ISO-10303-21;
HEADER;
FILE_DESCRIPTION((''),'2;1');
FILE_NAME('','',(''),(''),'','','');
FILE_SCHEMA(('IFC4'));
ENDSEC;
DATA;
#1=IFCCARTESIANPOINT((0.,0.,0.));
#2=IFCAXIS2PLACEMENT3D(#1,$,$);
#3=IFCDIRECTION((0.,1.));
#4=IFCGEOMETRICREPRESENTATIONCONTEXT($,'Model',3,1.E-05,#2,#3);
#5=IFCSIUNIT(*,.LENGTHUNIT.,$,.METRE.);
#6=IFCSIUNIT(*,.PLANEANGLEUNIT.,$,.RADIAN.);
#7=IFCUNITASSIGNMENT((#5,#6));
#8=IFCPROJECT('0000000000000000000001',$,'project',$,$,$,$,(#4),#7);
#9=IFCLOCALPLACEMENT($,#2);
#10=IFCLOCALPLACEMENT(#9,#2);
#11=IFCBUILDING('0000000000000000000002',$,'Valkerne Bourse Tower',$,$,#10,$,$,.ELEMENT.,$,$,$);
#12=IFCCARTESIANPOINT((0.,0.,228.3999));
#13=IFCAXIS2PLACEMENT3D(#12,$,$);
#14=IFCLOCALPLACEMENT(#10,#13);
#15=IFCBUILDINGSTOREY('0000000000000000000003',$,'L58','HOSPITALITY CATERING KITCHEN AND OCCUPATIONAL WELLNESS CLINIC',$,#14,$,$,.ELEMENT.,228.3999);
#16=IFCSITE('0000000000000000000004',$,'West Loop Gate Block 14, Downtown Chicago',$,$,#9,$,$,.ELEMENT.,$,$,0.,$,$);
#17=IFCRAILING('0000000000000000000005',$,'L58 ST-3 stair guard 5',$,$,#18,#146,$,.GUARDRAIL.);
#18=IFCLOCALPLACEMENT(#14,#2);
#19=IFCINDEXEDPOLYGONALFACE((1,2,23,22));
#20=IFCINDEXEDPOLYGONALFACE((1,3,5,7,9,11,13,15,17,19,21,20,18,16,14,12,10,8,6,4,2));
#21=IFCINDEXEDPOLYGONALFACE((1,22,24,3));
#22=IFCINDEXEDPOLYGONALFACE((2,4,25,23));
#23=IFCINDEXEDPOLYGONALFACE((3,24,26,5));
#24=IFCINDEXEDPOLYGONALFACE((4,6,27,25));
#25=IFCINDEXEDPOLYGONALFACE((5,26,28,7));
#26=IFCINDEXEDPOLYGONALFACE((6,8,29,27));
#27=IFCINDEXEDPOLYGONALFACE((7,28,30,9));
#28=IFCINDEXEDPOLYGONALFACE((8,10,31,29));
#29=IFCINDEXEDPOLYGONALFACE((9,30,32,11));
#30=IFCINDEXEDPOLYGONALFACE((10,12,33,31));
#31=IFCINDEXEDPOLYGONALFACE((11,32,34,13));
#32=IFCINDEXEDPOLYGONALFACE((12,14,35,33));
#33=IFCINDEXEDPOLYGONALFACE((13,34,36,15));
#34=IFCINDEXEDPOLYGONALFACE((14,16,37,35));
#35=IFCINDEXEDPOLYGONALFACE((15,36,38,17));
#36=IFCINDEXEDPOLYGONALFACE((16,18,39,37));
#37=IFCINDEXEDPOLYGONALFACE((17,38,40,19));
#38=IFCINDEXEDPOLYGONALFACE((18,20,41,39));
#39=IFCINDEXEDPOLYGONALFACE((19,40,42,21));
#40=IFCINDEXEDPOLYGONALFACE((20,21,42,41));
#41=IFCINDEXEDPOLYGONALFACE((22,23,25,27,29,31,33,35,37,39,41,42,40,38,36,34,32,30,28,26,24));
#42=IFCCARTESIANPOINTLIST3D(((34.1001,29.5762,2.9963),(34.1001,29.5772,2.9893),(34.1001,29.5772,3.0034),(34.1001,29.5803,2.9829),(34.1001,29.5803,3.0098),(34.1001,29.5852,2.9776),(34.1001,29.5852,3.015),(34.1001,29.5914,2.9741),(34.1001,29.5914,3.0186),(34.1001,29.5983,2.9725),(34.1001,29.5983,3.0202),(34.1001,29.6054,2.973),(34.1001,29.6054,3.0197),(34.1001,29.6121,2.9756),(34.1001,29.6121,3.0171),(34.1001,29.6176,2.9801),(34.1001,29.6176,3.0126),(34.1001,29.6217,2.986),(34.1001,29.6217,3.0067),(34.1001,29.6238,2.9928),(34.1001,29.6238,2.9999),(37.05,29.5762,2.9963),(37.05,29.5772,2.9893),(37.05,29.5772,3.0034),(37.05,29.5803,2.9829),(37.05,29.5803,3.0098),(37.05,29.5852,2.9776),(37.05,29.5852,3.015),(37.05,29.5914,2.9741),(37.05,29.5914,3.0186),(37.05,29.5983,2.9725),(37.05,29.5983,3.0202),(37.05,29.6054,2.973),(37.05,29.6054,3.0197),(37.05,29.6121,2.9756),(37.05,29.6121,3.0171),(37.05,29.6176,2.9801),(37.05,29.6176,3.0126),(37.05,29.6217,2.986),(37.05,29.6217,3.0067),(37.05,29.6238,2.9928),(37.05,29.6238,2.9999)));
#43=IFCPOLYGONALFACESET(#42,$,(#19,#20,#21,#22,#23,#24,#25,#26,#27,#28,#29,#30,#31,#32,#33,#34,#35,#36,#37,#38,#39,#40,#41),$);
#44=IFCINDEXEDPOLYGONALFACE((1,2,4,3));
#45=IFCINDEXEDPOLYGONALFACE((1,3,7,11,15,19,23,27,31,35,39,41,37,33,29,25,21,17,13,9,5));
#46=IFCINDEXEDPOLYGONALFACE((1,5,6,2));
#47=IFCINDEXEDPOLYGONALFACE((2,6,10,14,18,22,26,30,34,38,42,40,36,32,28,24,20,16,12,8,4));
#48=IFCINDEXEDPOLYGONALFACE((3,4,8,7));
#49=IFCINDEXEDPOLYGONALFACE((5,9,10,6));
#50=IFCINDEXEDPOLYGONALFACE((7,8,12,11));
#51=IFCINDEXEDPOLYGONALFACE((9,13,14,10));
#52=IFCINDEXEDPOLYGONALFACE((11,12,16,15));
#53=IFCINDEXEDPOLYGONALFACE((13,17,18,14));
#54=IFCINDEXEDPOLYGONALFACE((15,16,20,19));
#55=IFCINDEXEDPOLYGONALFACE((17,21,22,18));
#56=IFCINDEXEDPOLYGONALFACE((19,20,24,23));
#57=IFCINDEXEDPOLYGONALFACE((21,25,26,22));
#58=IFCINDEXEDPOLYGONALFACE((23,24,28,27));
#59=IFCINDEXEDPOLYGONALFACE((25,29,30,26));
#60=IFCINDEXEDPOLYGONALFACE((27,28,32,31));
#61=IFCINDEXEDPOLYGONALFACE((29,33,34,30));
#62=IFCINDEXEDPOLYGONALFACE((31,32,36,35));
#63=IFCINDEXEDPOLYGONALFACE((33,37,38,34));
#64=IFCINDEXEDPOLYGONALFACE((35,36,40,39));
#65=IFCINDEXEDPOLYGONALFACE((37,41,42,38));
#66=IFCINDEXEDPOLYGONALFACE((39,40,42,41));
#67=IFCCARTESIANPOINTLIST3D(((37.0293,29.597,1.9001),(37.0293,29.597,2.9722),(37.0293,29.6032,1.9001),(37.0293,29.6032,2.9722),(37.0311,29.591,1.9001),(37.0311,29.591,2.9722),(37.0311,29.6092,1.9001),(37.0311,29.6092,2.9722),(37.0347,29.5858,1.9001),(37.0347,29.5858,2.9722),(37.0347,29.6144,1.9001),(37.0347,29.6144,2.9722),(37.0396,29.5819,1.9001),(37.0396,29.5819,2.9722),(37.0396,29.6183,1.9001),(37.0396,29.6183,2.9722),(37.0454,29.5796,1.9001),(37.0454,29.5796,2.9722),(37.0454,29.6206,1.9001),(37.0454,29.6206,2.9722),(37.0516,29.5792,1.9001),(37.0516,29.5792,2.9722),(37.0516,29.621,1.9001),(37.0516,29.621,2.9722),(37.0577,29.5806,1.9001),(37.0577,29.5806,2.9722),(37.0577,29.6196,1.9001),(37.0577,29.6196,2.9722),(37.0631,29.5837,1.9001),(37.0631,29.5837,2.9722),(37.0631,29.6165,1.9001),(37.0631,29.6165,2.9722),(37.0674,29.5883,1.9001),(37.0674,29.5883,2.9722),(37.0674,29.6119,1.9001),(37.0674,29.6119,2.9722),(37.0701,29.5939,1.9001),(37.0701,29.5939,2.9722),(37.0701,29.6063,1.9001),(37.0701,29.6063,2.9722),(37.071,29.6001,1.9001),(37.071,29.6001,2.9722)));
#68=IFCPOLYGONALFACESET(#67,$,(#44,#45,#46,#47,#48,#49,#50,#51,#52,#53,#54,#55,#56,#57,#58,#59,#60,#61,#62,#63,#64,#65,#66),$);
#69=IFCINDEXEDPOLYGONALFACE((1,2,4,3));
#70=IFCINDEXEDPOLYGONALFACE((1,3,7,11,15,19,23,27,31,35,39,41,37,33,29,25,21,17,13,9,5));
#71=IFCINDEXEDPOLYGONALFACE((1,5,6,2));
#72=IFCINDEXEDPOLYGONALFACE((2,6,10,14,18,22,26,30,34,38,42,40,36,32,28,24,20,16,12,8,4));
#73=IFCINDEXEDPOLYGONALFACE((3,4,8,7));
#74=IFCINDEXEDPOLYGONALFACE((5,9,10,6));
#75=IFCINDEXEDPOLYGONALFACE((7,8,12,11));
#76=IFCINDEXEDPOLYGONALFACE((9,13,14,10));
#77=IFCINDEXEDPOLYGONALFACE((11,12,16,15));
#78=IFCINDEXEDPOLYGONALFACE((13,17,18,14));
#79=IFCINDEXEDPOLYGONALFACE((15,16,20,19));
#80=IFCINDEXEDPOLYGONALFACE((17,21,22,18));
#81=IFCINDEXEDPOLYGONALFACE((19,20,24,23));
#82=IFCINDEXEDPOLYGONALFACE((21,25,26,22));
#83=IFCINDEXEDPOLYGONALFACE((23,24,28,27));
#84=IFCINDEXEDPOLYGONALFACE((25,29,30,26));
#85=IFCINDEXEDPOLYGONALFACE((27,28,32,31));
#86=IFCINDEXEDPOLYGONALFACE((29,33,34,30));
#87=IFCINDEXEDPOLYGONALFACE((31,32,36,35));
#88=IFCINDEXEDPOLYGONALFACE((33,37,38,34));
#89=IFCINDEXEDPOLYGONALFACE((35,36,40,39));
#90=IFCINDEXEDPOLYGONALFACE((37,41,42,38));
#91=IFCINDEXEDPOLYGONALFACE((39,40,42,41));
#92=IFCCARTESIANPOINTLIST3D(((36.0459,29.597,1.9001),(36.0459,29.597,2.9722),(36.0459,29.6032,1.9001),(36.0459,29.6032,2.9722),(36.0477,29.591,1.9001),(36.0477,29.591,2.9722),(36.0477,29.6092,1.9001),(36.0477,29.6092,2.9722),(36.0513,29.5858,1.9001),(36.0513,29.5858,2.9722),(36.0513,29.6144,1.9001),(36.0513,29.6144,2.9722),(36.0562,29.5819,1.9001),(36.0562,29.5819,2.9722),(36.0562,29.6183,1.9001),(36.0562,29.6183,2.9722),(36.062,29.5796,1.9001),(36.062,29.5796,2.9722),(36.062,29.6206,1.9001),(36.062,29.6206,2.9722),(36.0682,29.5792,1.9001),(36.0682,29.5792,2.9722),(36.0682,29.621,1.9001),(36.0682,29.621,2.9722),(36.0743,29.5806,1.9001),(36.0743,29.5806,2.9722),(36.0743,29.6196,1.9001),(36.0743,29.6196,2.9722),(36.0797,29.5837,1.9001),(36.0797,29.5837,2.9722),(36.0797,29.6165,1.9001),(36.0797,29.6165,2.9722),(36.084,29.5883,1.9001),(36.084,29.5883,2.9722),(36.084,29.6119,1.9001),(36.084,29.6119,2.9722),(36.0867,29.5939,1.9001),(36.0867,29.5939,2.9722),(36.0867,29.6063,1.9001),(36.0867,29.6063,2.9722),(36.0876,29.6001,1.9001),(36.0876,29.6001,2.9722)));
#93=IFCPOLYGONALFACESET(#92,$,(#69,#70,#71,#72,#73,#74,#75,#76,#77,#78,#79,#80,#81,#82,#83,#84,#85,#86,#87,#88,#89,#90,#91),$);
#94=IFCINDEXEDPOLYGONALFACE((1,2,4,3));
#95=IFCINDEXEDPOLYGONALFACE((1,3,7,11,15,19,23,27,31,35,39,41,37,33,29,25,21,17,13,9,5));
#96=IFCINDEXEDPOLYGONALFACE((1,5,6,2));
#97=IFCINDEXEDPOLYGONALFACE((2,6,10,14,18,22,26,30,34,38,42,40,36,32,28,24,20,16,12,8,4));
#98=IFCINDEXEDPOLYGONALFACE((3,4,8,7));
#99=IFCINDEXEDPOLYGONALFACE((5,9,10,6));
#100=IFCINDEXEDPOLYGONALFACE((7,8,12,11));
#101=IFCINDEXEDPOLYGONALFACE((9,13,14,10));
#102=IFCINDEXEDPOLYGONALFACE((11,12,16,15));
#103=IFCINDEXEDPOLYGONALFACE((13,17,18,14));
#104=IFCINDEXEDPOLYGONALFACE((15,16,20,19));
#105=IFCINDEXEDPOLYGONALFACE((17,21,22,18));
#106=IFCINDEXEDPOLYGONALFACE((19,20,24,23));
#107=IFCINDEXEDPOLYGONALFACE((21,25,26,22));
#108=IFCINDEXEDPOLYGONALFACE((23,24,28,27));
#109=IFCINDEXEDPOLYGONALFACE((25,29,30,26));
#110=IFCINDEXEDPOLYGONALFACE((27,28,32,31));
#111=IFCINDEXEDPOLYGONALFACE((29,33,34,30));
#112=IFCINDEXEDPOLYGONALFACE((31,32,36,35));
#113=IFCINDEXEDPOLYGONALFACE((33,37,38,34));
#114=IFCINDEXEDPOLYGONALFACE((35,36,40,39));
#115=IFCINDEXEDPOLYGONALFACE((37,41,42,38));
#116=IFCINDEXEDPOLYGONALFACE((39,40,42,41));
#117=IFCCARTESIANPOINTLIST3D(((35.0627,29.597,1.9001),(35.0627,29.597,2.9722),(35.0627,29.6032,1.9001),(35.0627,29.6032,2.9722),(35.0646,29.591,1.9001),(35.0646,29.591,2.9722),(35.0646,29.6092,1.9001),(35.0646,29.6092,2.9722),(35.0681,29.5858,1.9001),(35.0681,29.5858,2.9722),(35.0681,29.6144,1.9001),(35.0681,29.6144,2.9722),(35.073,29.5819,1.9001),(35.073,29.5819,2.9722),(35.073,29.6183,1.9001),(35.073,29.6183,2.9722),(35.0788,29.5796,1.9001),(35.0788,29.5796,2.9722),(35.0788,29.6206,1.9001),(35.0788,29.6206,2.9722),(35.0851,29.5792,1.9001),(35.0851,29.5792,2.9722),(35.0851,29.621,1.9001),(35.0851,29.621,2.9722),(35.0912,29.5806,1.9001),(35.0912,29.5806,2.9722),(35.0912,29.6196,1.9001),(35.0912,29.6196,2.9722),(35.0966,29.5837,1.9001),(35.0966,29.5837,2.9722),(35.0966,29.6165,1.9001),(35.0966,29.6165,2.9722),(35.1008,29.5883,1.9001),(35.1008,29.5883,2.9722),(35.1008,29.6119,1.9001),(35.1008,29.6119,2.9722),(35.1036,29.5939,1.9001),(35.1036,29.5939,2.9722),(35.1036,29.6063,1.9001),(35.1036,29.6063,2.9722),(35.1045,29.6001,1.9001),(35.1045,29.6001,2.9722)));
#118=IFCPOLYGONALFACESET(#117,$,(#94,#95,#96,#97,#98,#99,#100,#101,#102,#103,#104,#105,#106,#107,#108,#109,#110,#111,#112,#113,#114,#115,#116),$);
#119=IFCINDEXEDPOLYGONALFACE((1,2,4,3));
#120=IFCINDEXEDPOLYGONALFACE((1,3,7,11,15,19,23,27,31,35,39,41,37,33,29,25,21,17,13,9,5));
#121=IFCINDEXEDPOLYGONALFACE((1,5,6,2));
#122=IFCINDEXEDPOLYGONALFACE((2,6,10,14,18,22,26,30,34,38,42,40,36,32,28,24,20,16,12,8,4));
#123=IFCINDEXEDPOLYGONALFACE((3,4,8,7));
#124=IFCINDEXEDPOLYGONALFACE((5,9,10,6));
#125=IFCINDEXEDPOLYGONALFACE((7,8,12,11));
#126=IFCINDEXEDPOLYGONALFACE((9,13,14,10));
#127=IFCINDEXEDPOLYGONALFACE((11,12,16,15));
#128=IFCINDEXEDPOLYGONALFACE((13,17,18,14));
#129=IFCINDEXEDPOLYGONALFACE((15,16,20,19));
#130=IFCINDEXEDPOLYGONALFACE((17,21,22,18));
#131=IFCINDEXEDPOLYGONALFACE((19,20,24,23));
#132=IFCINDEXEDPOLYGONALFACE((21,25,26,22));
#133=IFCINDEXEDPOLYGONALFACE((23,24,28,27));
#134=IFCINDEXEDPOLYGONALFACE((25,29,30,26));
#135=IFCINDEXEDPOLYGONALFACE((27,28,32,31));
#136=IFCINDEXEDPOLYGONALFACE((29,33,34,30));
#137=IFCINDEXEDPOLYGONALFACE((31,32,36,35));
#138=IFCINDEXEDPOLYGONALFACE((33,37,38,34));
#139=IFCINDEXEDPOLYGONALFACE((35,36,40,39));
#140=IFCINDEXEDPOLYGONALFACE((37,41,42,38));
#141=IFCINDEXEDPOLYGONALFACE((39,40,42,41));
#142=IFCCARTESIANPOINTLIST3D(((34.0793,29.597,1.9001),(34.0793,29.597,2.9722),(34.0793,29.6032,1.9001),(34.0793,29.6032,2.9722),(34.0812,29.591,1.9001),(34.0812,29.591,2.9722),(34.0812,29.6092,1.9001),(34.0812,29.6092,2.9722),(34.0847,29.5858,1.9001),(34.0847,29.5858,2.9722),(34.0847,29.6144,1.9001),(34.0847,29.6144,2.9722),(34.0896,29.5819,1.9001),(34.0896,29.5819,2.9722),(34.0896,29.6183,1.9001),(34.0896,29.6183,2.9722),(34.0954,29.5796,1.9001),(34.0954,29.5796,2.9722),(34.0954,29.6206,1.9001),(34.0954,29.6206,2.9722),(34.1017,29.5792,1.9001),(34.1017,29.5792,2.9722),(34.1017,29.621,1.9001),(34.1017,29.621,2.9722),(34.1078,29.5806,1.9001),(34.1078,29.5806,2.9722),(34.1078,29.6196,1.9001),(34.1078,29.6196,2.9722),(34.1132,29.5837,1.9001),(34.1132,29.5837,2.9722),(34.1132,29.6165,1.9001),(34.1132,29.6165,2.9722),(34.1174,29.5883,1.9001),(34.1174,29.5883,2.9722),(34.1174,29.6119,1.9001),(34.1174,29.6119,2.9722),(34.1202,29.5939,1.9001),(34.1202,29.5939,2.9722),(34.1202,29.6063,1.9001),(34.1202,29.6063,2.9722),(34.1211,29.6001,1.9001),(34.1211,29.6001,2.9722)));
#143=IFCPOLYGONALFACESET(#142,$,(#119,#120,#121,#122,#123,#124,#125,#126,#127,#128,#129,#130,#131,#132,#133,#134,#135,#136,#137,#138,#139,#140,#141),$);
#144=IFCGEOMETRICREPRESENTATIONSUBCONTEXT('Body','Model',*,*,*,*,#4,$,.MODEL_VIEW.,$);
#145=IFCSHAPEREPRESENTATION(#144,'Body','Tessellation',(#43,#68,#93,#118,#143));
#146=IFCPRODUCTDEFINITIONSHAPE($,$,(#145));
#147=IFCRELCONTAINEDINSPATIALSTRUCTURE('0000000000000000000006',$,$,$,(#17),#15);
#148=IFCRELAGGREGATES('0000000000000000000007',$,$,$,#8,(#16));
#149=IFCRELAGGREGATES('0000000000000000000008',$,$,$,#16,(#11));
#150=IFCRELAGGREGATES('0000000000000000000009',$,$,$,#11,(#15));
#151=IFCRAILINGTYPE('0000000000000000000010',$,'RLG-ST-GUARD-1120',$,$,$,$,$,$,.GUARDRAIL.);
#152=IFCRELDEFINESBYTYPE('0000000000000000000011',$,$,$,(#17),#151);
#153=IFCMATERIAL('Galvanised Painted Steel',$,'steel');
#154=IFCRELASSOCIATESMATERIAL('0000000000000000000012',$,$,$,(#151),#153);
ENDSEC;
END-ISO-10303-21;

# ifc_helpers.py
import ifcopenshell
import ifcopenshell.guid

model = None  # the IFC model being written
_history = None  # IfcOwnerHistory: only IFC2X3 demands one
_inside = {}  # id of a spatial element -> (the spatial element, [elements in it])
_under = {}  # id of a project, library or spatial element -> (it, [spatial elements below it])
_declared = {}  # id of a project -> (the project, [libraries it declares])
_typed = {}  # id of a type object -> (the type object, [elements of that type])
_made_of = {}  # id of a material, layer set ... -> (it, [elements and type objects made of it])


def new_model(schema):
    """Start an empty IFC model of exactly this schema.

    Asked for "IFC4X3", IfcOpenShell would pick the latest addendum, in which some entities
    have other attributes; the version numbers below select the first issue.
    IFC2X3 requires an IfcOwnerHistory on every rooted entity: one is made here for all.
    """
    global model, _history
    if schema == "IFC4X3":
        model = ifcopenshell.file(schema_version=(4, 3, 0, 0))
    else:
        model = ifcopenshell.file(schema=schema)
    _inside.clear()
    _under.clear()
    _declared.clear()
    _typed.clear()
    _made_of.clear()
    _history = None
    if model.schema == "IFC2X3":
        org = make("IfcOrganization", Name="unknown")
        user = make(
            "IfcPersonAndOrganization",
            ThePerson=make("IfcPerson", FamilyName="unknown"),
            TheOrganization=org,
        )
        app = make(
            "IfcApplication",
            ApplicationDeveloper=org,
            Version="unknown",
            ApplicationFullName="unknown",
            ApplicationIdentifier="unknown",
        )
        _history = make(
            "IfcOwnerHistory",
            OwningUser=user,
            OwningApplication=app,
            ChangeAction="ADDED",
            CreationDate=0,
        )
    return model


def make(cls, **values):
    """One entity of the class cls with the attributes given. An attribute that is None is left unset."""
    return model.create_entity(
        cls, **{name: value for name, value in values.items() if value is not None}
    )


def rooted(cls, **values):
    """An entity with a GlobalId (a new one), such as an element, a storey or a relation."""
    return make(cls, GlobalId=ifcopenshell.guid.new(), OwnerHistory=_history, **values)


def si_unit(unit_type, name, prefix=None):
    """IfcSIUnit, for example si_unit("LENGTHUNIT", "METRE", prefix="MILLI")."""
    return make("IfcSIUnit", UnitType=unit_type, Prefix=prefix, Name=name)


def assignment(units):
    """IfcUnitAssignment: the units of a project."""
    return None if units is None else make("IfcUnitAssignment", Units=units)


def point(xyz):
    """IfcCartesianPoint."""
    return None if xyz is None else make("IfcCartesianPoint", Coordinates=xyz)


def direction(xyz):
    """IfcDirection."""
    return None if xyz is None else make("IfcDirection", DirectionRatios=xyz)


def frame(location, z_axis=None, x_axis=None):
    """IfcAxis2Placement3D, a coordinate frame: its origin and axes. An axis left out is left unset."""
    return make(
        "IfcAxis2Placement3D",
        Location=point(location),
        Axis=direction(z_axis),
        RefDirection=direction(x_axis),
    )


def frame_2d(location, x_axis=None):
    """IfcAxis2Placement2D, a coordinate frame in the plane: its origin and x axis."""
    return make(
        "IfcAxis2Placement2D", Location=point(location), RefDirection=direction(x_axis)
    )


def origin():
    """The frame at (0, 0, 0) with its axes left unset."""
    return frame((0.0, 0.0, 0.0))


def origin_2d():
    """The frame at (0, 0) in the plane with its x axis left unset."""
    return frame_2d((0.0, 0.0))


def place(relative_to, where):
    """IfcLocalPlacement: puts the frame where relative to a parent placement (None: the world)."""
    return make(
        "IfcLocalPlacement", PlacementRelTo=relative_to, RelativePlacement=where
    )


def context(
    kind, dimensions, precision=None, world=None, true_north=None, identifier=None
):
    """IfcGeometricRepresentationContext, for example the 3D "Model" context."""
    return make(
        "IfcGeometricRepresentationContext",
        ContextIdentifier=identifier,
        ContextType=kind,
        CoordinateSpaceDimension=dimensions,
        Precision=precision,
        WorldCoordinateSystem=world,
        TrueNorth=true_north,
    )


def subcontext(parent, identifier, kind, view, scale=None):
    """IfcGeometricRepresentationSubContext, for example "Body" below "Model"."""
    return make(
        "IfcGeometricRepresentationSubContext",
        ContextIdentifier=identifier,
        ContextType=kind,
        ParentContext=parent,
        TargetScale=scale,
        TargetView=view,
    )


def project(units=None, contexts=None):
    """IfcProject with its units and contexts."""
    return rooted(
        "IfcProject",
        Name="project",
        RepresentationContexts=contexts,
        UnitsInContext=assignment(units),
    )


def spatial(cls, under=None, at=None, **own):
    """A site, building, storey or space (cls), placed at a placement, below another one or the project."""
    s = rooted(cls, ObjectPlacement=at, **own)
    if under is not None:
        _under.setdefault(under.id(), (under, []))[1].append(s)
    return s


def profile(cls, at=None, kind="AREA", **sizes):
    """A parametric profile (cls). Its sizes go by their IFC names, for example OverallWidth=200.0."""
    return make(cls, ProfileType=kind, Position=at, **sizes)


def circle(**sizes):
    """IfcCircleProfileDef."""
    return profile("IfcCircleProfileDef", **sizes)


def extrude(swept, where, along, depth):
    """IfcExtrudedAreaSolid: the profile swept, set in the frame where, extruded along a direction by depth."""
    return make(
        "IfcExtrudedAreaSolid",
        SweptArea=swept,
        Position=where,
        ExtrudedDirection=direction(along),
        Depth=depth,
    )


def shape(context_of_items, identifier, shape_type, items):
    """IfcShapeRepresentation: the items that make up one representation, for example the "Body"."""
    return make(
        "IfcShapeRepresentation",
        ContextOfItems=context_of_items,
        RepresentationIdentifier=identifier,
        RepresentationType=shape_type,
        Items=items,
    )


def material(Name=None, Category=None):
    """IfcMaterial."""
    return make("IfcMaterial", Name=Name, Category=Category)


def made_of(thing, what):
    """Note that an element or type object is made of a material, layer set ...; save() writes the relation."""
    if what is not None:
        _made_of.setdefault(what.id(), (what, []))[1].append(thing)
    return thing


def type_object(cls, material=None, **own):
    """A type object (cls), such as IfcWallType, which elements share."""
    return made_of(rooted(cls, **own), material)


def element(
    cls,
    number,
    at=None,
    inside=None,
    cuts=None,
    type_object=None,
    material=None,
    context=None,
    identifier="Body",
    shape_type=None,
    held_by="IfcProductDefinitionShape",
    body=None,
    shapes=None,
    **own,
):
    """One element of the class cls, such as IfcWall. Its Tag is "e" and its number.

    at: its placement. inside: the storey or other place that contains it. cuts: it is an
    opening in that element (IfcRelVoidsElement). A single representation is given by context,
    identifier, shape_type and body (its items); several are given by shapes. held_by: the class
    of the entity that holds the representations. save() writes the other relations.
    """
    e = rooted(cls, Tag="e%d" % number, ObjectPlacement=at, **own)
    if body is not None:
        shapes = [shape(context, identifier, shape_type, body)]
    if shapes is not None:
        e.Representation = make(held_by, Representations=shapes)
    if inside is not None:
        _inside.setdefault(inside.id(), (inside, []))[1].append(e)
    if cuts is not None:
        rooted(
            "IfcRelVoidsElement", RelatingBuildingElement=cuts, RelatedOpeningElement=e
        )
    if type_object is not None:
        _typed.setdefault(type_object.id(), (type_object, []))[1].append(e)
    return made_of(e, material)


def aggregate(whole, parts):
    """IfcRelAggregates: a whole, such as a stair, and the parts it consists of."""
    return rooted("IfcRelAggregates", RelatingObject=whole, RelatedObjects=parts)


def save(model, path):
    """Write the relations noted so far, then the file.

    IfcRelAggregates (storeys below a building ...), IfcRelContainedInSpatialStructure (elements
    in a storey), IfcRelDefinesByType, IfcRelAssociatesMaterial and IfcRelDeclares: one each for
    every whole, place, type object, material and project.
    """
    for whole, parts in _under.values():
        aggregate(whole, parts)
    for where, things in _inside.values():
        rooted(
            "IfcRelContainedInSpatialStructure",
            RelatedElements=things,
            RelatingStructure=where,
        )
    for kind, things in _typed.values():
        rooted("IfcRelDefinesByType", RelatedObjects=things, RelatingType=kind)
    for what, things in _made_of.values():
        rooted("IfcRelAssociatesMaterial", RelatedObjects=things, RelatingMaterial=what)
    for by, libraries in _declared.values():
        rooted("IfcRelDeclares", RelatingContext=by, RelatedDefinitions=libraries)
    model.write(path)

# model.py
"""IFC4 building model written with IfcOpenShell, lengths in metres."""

from ifc_helpers import new_model, si_unit, direction, frame, origin, origin_2d, place, context, subcontext, project, spatial, circle, extrude, material, type_object, element, save


model = new_model("IFC4")

# Units and contexts
model_context = context("Model", 3, precision=1e-05, world=origin(), true_north=direction((0.0, 1.0)))
body_context = subcontext(model_context, "Body", "Model", "MODEL_VIEW")
ifc_project = project(units=[si_unit("LENGTHUNIT", "METRE"), si_unit("PLANEANGLEUNIT", "RADIAN")], contexts=[model_context])

# Site, building, storey
site_placement = place(None, origin())
site = spatial("IfcSite", under=ifc_project, at=site_placement, Name="West Loop Gate Block 14, Downtown Chicago", CompositionType="ELEMENT", RefElevation=0.0)
building_placement = place(site_placement, origin())
building = spatial("IfcBuilding", under=site, at=building_placement, Name="Valkerne Bourse Tower", CompositionType="ELEMENT")
storey_placement = place(building_placement, frame((0.0, 0.0, 228.3999)))
storey = spatial("IfcBuildingStorey", under=building, at=storey_placement, Name="L58", Description="HOSPITALITY CATERING KITCHEN AND OCCUPATIONAL WELLNESS CLINIC", CompositionType="ELEMENT", Elevation=228.3999)

# Railing
ifc_material_1 = material(Name="Galvanised Painted Steel", Category="steel")
railing_type = type_object("IfcRailingType", Name="RLG-ST-GUARD-1120", PredefinedType="GUARDRAIL", material=ifc_material_1)
railing_1_placement = place(storey_placement, frame((37.05, 29.6001, 1.9001)))
element("IfcRailing", 1, at=railing_1_placement, inside=storey, type_object=railing_type, Name="L58 ST-3 stair guard 5", PredefinedType="GUARDRAIL", context=body_context, shape_type="SweptSolid", body=[
    extrude(circle(Radius=0.0239, at=origin_2d()), frame((0.0, 0.0, 1.0962), z_axis=(-1.0, 0.0, 0.0), x_axis=(0.0, -1.0, 0.0)), (0.0, 0.0, 1.0), 2.95),
    extrude(circle(Radius=0.021, at=origin_2d()), origin(), (0.0, 0.0, 1.0), 1.072),
    extrude(circle(Radius=0.021, at=origin_2d()), frame((-0.9834, 0.0, 0.0)), (0.0, 0.0, 1.0), 1.072),
    extrude(circle(Radius=0.021, at=origin_2d()), frame((-1.9666, 0.0, 0.0)), (0.0, 0.0, 1.0), 1.072),
    extrude(circle(Radius=0.021, at=origin_2d()), frame((-2.95, 0.0, 0.0)), (0.0, 0.0, 1.0), 1.072),
])

save(model, "model.ifc")
